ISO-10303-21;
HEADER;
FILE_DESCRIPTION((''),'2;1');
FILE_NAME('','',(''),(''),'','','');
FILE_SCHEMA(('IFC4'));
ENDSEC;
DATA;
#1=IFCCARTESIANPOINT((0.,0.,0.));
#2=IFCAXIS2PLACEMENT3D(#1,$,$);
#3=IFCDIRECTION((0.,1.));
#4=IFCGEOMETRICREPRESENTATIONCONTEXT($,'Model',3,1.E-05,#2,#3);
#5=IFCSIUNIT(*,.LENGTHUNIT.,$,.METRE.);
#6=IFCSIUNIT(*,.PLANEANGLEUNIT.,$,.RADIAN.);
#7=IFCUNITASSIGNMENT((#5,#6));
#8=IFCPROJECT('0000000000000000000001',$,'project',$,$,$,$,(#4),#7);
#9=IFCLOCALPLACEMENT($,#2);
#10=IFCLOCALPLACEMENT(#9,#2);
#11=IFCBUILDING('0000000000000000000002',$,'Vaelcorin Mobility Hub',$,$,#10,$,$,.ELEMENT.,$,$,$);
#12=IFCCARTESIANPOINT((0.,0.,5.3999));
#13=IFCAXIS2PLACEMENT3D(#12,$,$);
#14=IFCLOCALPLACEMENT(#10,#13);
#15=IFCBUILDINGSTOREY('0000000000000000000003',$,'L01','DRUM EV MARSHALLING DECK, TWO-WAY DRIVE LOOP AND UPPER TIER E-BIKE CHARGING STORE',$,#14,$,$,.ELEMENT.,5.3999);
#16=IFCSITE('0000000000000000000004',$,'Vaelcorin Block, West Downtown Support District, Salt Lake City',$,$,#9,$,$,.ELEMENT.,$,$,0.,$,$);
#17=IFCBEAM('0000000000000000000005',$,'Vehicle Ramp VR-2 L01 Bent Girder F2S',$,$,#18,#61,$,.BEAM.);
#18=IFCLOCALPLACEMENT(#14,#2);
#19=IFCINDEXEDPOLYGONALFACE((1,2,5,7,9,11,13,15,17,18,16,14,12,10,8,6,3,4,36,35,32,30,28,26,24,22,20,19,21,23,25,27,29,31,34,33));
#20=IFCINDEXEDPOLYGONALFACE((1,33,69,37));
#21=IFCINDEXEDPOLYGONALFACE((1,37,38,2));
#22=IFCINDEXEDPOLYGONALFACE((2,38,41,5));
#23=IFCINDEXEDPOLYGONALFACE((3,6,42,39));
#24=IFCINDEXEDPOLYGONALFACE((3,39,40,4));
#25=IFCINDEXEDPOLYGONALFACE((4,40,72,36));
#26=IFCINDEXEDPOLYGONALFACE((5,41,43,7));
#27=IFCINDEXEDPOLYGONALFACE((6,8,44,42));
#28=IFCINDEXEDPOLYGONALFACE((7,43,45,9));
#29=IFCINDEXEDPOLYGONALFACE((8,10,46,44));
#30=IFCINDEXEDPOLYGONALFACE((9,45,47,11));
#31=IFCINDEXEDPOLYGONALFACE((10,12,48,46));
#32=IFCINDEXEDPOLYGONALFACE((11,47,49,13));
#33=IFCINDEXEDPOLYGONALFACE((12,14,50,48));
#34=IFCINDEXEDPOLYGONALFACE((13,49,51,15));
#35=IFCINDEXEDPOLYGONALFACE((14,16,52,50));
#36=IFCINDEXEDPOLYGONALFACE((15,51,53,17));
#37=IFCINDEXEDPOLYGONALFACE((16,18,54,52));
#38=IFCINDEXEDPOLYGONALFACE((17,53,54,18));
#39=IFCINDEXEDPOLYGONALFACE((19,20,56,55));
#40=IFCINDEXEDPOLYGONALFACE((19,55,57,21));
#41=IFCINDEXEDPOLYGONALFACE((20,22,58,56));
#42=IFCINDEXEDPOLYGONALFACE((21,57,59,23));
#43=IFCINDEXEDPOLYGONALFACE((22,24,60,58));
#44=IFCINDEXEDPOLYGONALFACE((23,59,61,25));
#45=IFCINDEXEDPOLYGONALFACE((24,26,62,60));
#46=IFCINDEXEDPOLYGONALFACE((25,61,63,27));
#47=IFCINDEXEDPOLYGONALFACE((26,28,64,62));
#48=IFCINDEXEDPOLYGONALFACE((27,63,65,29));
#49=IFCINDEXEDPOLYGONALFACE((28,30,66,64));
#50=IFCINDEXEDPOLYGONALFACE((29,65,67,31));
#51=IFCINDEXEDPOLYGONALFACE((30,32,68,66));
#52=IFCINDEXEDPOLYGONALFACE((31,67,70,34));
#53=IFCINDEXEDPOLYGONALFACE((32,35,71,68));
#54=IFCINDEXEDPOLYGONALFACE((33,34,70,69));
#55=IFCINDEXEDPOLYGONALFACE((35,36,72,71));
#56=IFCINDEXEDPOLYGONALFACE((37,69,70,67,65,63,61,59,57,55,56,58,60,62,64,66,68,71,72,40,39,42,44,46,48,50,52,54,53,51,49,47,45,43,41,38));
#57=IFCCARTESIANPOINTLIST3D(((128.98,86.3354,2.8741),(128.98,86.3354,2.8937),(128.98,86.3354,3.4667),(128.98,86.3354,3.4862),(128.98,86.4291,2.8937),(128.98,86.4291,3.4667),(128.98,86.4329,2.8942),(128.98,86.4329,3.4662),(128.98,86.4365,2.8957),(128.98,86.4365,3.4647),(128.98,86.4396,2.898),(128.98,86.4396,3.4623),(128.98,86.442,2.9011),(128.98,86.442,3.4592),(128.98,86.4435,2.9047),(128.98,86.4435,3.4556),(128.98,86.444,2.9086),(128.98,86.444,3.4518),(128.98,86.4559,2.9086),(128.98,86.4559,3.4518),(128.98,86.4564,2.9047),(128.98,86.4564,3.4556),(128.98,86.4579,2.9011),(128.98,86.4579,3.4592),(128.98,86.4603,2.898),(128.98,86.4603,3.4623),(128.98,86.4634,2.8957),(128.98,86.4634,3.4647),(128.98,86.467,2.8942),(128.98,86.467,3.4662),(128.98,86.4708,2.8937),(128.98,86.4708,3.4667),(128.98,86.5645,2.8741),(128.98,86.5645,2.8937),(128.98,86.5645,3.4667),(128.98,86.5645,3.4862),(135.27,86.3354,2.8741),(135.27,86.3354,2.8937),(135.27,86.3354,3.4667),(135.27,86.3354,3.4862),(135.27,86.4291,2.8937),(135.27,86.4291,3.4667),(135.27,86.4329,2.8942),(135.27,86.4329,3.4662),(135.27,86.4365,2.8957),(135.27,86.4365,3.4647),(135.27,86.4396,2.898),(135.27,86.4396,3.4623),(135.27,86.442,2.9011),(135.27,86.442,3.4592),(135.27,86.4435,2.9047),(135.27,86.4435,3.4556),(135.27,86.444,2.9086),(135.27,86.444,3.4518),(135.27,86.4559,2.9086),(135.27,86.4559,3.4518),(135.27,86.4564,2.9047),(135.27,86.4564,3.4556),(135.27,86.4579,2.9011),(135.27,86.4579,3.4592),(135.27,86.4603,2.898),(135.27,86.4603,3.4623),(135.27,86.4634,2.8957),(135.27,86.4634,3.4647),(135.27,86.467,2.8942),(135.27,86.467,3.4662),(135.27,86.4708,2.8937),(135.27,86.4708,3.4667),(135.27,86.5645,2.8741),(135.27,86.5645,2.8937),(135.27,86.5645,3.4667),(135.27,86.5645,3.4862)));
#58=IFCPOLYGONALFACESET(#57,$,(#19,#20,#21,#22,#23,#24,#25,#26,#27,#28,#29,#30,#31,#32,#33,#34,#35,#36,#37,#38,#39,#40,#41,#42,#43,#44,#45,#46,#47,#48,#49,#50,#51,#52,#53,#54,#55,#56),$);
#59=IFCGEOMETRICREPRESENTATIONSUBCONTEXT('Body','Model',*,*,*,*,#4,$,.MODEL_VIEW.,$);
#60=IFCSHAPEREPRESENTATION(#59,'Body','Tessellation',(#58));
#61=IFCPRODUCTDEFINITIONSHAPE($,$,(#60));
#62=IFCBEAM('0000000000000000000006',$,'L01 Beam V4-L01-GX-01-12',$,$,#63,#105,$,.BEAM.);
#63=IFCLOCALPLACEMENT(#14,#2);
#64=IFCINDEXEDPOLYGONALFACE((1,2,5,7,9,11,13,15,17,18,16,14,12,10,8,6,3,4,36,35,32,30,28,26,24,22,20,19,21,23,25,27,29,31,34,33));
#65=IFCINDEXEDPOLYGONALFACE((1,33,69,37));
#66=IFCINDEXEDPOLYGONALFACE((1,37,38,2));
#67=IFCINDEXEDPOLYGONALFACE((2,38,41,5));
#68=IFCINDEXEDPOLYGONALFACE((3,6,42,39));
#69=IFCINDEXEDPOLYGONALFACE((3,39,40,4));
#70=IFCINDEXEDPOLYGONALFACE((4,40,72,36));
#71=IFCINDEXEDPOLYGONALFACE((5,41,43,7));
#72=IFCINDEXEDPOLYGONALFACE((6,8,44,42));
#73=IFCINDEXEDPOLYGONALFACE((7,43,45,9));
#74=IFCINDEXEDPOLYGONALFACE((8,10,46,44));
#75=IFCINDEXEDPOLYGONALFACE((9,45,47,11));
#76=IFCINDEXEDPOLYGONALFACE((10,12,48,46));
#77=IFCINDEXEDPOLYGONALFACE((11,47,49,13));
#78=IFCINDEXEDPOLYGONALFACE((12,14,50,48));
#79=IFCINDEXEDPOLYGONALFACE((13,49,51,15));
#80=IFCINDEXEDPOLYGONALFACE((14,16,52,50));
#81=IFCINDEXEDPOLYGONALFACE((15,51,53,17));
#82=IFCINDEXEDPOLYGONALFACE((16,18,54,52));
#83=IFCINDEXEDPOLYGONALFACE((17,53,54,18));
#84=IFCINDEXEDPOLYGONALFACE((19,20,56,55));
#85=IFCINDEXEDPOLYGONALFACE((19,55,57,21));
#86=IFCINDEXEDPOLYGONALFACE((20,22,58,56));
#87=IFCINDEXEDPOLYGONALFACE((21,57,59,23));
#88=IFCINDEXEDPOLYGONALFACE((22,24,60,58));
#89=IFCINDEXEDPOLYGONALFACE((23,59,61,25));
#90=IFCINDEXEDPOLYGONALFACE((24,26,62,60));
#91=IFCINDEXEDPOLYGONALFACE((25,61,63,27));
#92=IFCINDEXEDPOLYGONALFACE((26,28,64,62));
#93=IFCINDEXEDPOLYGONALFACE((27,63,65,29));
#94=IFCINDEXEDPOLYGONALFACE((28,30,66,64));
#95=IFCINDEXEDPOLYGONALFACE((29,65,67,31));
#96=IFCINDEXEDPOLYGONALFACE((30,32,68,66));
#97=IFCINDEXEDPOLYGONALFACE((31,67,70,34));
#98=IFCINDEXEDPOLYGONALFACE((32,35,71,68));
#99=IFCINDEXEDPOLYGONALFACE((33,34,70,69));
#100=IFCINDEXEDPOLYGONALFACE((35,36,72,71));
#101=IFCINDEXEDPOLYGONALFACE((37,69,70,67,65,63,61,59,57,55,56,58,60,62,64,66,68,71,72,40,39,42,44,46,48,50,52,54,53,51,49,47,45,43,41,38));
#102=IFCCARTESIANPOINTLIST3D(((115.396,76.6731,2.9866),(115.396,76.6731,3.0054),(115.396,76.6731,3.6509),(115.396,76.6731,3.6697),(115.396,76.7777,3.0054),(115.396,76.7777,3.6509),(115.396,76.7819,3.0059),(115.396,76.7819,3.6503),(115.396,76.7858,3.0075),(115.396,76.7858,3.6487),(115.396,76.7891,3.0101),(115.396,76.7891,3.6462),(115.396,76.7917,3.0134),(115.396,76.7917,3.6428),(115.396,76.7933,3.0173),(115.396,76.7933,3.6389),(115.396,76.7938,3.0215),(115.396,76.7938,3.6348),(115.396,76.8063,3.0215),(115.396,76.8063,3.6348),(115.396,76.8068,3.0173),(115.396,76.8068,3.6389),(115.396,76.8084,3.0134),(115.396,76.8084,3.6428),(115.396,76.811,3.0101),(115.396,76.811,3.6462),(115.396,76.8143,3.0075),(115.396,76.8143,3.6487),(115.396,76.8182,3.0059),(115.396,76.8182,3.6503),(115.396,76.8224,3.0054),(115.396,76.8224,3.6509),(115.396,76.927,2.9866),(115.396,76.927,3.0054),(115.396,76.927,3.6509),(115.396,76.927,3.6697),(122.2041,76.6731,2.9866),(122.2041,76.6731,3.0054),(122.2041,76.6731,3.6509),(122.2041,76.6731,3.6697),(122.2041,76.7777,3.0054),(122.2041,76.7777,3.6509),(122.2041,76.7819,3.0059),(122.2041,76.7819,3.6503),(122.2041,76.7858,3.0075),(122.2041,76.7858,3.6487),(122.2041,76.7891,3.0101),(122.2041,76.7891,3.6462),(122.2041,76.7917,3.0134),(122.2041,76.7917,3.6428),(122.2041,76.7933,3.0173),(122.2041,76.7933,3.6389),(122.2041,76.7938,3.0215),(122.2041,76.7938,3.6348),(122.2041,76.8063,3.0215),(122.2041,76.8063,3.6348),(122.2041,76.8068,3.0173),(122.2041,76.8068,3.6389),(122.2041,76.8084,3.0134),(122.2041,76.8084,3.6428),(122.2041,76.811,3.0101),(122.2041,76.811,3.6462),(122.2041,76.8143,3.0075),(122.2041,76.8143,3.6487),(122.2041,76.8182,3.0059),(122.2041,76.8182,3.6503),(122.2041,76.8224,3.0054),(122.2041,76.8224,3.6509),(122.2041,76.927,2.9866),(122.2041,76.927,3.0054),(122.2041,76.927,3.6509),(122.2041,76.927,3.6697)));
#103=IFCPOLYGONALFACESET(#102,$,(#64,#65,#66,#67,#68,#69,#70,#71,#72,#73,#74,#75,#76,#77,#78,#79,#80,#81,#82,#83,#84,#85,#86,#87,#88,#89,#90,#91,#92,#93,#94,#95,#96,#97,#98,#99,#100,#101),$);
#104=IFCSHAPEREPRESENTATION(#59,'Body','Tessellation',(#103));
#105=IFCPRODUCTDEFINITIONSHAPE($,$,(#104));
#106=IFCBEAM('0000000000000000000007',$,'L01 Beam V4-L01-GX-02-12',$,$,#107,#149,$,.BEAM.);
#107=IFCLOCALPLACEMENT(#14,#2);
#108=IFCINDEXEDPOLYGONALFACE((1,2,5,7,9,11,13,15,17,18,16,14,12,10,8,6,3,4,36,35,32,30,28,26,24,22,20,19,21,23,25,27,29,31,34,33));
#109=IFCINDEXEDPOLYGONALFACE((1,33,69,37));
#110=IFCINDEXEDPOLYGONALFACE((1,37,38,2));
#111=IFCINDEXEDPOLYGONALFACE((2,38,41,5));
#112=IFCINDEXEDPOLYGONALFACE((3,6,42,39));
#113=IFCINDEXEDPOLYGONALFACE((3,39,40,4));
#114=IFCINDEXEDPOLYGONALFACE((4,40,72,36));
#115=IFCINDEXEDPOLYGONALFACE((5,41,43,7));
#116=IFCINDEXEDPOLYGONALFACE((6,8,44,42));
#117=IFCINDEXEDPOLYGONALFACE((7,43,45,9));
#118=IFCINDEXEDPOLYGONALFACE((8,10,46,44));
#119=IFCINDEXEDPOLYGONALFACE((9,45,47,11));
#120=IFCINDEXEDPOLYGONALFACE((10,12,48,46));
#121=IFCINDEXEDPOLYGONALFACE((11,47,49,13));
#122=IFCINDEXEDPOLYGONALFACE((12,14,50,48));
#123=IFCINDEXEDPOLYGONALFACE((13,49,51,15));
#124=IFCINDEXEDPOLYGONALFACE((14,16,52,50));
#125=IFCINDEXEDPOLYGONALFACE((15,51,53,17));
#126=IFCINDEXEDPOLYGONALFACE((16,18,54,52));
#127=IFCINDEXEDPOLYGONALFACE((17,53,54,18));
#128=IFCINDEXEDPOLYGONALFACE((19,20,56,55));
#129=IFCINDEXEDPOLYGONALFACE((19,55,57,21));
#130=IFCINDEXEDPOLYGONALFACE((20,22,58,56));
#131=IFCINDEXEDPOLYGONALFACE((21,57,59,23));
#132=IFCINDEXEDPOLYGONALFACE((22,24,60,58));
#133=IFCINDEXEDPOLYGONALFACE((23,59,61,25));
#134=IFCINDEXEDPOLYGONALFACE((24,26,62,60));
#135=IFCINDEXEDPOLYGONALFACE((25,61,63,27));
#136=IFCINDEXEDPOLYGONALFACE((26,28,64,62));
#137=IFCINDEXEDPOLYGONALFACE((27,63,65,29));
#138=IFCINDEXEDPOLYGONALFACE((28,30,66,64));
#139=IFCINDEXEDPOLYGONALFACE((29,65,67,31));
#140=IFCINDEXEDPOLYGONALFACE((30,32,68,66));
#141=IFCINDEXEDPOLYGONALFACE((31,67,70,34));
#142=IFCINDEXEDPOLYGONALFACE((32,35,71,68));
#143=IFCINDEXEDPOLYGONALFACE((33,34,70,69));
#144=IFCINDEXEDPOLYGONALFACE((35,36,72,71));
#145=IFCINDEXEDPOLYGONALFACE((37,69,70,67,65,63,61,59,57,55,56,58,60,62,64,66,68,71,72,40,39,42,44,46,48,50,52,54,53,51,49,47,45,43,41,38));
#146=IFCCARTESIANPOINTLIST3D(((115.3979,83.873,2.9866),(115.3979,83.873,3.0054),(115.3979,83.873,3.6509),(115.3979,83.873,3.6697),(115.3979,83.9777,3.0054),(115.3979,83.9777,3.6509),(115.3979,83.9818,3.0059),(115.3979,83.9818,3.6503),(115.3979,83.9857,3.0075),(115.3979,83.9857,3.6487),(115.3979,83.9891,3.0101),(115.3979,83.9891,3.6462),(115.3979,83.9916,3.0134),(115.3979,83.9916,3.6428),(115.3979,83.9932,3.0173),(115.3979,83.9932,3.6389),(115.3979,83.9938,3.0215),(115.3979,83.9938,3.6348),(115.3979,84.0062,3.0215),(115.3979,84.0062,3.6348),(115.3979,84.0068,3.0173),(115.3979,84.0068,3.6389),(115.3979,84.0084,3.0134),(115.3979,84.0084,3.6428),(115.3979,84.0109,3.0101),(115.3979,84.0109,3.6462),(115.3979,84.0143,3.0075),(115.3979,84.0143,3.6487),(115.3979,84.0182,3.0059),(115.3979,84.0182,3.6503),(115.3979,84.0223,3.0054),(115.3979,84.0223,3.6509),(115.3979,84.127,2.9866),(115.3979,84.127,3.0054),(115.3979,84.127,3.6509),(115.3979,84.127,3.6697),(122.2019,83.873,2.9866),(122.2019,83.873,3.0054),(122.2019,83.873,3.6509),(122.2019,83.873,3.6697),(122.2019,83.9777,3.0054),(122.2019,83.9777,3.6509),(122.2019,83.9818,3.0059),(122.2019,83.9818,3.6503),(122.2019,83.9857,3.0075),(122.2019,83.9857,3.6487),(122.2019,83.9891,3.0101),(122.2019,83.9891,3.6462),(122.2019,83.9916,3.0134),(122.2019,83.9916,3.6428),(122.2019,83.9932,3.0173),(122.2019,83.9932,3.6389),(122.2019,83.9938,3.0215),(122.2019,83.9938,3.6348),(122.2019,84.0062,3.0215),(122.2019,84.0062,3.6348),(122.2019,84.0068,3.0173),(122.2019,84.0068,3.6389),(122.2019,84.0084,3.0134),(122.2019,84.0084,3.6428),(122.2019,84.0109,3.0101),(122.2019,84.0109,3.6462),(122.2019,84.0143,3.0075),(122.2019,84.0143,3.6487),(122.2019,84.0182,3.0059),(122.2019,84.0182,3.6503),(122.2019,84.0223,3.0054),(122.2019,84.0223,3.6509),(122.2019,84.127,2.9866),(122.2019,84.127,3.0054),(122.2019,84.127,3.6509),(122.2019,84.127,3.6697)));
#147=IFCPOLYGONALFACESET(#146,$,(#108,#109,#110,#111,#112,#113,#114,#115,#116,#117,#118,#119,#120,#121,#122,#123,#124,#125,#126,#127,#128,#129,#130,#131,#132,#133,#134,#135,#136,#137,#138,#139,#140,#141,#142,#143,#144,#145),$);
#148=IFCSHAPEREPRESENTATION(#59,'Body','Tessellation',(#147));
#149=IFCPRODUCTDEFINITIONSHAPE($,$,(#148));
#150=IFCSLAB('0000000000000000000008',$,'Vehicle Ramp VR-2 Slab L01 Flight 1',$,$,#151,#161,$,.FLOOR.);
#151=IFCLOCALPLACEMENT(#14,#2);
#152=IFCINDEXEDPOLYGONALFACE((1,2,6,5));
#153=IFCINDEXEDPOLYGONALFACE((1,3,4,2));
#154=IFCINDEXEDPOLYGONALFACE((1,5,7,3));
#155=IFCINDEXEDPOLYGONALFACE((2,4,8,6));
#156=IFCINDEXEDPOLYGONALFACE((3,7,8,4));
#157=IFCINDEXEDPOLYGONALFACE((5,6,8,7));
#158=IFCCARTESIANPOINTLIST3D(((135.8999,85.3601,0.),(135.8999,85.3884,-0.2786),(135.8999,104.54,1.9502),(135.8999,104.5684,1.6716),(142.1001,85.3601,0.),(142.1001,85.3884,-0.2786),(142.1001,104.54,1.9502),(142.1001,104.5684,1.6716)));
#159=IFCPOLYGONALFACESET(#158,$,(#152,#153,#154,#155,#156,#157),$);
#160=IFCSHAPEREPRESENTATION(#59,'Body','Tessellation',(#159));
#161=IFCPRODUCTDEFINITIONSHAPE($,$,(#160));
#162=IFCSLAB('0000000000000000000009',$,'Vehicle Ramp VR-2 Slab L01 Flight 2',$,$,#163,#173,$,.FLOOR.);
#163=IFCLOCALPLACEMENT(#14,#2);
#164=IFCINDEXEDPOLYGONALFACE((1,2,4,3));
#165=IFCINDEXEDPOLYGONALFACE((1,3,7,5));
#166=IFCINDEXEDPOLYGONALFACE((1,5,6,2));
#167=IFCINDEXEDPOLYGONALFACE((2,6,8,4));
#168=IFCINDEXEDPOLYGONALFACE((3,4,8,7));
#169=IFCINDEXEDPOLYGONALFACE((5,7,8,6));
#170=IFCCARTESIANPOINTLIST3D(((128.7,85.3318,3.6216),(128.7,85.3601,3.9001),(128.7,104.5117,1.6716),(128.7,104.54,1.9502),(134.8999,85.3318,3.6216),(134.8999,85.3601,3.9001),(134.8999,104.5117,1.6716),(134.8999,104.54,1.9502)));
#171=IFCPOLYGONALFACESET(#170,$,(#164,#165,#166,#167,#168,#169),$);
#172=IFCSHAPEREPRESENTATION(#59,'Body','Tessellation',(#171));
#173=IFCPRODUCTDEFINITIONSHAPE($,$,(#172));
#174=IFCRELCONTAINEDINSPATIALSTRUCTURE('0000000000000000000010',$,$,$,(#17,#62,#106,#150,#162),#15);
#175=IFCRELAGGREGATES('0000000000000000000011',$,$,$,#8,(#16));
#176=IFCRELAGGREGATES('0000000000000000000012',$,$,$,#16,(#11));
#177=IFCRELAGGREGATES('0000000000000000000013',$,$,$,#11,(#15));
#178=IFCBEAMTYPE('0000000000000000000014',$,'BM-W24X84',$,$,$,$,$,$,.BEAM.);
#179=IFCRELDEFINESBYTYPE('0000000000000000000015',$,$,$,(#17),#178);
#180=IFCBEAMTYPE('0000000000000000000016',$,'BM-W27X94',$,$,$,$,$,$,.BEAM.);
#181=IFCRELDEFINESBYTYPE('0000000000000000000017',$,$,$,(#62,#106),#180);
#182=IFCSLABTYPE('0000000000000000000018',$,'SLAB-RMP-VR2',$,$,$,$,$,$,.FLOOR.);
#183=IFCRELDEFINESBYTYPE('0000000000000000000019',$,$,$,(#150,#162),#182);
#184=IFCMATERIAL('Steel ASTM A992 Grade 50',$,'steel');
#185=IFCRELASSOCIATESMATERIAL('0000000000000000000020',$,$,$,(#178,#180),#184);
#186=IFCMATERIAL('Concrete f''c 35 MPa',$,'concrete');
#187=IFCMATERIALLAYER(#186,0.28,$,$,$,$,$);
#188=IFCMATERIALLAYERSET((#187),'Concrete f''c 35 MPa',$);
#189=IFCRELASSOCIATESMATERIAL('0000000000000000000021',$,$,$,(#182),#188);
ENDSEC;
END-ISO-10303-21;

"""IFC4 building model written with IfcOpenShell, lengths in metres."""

from ifc_helpers import new_model, si_unit, direction, frame, origin, origin_2d, place, context, subcontext, project, spatial, polyline, i_section, outline, extrude, material, layer, layer_set, material_profile, profile_set, type_object, element, save


model = new_model("IFC4")

# Units and contexts
model_context = context("Model", 3, precision=1e-05, world=origin(), true_north=direction((0.0, 1.0)))
body_context = subcontext(model_context, "Body", "Model", "MODEL_VIEW")
ifc_project = project(units=[si_unit("LENGTHUNIT", "METRE"), si_unit("PLANEANGLEUNIT", "RADIAN")], contexts=[model_context])

# Site, building, storey
site_placement = place(None, origin())
site = spatial("IfcSite", under=ifc_project, at=site_placement, Name="Vaelcorin Block, West Downtown Support District, Salt Lake City", CompositionType="ELEMENT", RefElevation=0.0)
building_placement = place(site_placement, origin())
building = spatial("IfcBuilding", under=site, at=building_placement, Name="Vaelcorin Mobility Hub", CompositionType="ELEMENT")
storey_placement = place(building_placement, frame((0.0, 0.0, 5.3999)))
storey = spatial("IfcBuildingStorey", under=building, at=storey_placement, Name="L01", Description="DRUM EV MARSHALLING DECK, TWO-WAY DRIVE LOOP AND UPPER TIER E-BIKE CHARGING STORE", CompositionType="ELEMENT", Elevation=5.3999)

# Shared definitions
ifc_material_1 = material(Name="Steel ASTM A992 Grade 50", Category="steel")

# Beams
ifc_material_profile_1 = material_profile(ifc_material_1, i_section(OverallWidth=0.229, OverallDepth=0.6121, WebThickness=0.012, FlangeThickness=0.0195, FilletRadius=0.0149, at=origin_2d()), Name="W24X84")
ifc_profile_set_1 = profile_set([ifc_material_profile_1], Name="Steel ASTM A992 Grade 50")
beam_type_1 = type_object("IfcBeamType", Name="BM-W24X84", PredefinedType="BEAM", material=ifc_profile_set_1)
for number, where, z_axis, x_axis, name in (
    (1, (128.98, 86.45, 3.1802), (1.0, 0.0, 0.0), (0.0, 1.0, 0.0), "Vehicle Ramp VR-2 L01 Bent Girder F2S"),
):
    element("IfcBeam", number, at=place(storey_placement, frame(where, z_axis=z_axis, x_axis=x_axis)), inside=storey, type_object=beam_type_1, Name=name, PredefinedType="BEAM", context=body_context, shape_type="SweptSolid", body=[
        extrude(i_section(OverallWidth=0.229, OverallDepth=0.6121, WebThickness=0.012, FlangeThickness=0.0195, FilletRadius=0.0149, at=origin_2d()), origin(), (0.0, 0.0, 1.0), 6.29),
    ])
ifc_material_profile_2 = material_profile(ifc_material_1, i_section(OverallWidth=0.2539, OverallDepth=0.6831, WebThickness=0.0125, FlangeThickness=0.0188, FilletRadius=0.0161, at=origin_2d()), Name="W27X94")
ifc_profile_set_2 = profile_set([ifc_material_profile_2], Name="Steel ASTM A992 Grade 50")
beam_type_2 = type_object("IfcBeamType", Name="BM-W27X94", PredefinedType="BEAM", material=ifc_profile_set_2)
beam_1_placement = place(storey_placement, frame((115.396, 76.8, 3.3281), z_axis=(1.0, 0.0, 0.0), x_axis=(0.0, 1.0, 0.0)))
element("IfcBeam", 2, at=beam_1_placement, inside=storey, type_object=beam_type_2, Name="L01 Beam V4-L01-GX-01-12", PredefinedType="BEAM", context=body_context, shape_type="SweptSolid", body=[
    extrude(i_section(OverallWidth=0.2539, OverallDepth=0.6831, WebThickness=0.0125, FlangeThickness=0.0188, FilletRadius=0.0161, at=origin_2d()), origin(), (0.0, 0.0, 1.0), 6.8081),
])
beam_2_placement = place(storey_placement, frame((115.3979, 84.0, 3.3281), z_axis=(1.0, 0.0, 0.0), x_axis=(0.0, 1.0, 0.0)))
element("IfcBeam", 3, at=beam_2_placement, inside=storey, type_object=beam_type_2, Name="L01 Beam V4-L01-GX-02-12", PredefinedType="BEAM", context=body_context, shape_type="SweptSolid", body=[
    extrude(i_section(OverallWidth=0.2539, OverallDepth=0.6831, WebThickness=0.0125, FlangeThickness=0.0188, FilletRadius=0.0161, at=origin_2d()), origin(), (0.0, 0.0, 1.0), 6.804),
])

# Slabs
ifc_material_2 = material(Name="Concrete f'c 35 MPa", Category="concrete")
ifc_layer_1 = layer(ifc_material_2, 0.28)
ifc_layer_set_1 = layer_set([ifc_layer_1], Name="Concrete f'c 35 MPa")
slab_type = type_object("IfcSlabType", Name="SLAB-RMP-VR2", PredefinedType="FLOOR", material=ifc_layer_set_1)
slab_1_placement = place(storey_placement, frame((135.8999, 85.3601, 0.0), z_axis=(0.0, -0.101157, 0.99487), x_axis=(1.0, 0.0, 0.0)))
element("IfcSlab", 4, at=slab_1_placement, inside=storey, type_object=slab_type, Name="Vehicle Ramp VR-2 Slab L01 Flight 1", PredefinedType="FLOOR", context=body_context, shape_type="SweptSolid", body=[
    extrude(outline(polyline([(0.0, 0.0), (6.2002, 0.0), (6.2002, 19.2788), (0.0, 19.2788), (0.0, 0.0)])), origin(), (0.0, 0.0, -1.0), 0.28),
])
slab_2_placement = place(storey_placement, frame((128.7, 85.3601, 3.9001), z_axis=(0.0, 0.101145, 0.994872), x_axis=(1.0, 0.0, 0.0)))
element("IfcSlab", 5, at=slab_2_placement, inside=storey, type_object=slab_type, Name="Vehicle Ramp VR-2 Slab L01 Flight 2", PredefinedType="FLOOR", context=body_context, shape_type="SweptSolid", body=[
    extrude(outline(polyline([(0.0, 0.0), (6.2, 0.0), (6.2, 19.2788), (0.0, 19.2788), (0.0, 0.0)])), origin(), (0.0, 0.0, -1.0), 0.28),
])

save(model, "model.ifc")
